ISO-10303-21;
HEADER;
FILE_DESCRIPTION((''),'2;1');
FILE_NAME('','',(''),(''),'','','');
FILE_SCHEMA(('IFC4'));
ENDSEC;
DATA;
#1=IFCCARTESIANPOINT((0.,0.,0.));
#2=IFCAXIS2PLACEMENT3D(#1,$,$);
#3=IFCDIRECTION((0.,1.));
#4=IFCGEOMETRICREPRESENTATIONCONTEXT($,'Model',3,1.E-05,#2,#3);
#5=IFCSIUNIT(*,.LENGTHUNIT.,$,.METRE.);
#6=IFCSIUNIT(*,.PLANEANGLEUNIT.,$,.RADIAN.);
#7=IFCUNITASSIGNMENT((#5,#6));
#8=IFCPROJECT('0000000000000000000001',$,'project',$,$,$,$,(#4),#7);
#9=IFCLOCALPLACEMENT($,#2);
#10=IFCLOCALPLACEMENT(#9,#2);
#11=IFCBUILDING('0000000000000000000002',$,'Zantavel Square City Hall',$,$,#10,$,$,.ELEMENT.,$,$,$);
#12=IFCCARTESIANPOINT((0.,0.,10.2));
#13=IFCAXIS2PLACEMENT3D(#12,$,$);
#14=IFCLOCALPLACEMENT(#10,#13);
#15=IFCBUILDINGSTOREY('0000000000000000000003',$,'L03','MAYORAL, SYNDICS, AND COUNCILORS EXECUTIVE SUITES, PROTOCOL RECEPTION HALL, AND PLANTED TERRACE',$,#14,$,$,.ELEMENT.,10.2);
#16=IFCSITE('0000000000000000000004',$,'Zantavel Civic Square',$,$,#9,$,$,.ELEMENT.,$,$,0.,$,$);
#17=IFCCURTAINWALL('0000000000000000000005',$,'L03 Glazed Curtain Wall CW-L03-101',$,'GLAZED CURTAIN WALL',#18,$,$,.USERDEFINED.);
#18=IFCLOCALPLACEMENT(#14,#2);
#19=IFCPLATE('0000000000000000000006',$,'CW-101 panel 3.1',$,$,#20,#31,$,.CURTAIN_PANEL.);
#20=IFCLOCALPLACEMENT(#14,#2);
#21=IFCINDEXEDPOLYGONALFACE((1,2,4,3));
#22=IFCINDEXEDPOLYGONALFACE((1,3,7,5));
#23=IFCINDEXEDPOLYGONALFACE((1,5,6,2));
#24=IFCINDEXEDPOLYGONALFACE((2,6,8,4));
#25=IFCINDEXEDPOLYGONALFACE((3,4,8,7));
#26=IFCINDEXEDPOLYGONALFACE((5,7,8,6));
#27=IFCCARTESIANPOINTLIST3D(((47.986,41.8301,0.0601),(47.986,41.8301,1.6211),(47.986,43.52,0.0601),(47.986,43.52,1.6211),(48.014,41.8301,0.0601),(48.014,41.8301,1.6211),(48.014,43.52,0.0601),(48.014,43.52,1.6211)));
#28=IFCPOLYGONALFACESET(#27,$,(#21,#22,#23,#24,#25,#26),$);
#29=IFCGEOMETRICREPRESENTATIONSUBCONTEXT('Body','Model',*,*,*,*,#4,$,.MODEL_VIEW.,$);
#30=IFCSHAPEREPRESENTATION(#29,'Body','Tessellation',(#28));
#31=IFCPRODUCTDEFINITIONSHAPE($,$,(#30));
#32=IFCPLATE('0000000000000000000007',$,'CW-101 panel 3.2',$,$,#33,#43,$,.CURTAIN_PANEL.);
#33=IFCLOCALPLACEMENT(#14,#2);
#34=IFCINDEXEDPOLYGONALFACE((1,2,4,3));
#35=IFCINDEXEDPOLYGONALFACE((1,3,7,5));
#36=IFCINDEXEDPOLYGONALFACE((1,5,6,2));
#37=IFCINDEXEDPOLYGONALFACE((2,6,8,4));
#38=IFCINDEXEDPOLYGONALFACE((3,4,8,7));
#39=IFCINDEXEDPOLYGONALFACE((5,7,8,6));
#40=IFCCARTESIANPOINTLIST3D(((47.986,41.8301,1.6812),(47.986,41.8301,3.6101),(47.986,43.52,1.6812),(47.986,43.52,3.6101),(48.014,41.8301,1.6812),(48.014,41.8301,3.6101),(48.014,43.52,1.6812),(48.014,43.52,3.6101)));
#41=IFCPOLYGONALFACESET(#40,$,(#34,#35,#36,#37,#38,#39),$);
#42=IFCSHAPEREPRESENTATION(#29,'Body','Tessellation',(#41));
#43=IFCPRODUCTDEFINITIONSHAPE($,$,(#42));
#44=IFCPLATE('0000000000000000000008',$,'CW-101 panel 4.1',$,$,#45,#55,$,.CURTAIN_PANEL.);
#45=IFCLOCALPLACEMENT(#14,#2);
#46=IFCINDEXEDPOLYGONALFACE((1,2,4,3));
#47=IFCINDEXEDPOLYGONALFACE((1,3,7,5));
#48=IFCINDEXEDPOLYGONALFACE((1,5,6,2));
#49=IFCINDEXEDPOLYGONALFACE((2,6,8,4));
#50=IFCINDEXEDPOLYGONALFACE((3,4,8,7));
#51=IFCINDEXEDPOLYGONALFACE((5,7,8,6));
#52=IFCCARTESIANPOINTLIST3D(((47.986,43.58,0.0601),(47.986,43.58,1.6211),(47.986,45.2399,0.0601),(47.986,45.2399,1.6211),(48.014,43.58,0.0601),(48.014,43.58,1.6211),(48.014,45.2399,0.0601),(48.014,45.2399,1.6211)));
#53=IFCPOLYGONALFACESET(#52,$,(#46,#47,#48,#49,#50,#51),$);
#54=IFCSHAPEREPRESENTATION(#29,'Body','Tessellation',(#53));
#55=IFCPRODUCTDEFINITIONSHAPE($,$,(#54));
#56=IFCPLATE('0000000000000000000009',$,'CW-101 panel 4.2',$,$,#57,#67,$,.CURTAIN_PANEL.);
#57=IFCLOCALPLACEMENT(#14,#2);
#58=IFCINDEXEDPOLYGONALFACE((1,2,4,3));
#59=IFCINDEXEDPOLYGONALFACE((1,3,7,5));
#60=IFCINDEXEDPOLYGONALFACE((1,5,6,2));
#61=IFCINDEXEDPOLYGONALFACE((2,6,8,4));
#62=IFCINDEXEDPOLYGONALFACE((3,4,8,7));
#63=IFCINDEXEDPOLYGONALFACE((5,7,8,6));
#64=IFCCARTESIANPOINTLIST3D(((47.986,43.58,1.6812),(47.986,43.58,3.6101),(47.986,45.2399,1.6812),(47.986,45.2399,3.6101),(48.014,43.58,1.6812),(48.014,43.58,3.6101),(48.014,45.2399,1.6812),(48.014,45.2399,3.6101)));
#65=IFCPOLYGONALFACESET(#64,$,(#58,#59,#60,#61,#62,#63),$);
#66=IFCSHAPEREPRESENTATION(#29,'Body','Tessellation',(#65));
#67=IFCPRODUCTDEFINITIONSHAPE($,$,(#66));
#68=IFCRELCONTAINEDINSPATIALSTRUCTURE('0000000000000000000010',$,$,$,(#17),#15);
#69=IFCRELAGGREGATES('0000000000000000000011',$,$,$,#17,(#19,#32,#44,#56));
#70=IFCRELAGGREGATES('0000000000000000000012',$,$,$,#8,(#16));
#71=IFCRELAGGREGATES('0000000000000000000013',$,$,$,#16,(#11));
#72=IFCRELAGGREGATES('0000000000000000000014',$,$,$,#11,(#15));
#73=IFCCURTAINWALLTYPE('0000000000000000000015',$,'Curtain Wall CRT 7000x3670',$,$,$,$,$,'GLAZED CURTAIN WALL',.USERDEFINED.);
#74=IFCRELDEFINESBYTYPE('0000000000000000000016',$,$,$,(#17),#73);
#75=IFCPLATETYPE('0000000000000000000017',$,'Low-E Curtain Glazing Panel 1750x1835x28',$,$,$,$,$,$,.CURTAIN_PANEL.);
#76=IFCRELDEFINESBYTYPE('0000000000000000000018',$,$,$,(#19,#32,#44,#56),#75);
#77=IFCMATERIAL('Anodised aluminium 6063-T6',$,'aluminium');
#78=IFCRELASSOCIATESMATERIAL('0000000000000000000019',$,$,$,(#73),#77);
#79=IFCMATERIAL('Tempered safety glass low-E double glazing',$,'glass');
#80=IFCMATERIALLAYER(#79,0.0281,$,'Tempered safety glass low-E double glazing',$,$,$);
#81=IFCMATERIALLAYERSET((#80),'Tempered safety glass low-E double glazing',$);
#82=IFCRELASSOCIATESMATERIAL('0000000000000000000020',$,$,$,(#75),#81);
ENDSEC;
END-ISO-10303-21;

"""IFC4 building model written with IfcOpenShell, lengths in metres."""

from ifc_helpers import new_model, si_unit, direction, frame, origin, origin_2d, place, context, subcontext, project, spatial, rectangle, extrude, material, layer, layer_set, type_object, element, aggregate, save


model = new_model("IFC4")

# Units and contexts
model_context = context("Model", 3, precision=1e-05, world=origin(), true_north=direction((0.0, 1.0)))
body_context = subcontext(model_context, "Body", "Model", "MODEL_VIEW")
ifc_project = project(units=[si_unit("LENGTHUNIT", "METRE"), si_unit("PLANEANGLEUNIT", "RADIAN")], contexts=[model_context])

# Site, building, storey
site_placement = place(None, origin())
site = spatial("IfcSite", under=ifc_project, at=site_placement, Name="Zantavel Civic Square", CompositionType="ELEMENT", RefElevation=0.0)
building_placement = place(site_placement, origin())
building = spatial("IfcBuilding", under=site, at=building_placement, Name="Zantavel Square City Hall", CompositionType="ELEMENT")
storey_placement = place(building_placement, frame((0.0, 0.0, 10.2)))
storey = spatial("IfcBuildingStorey", under=building, at=storey_placement, Name="L03", Description="MAYORAL, SYNDICS, AND COUNCILORS EXECUTIVE SUITES, PROTOCOL RECEPTION HALL, AND PLANTED TERRACE", CompositionType="ELEMENT", Elevation=10.2)

# Curtain wall
ifc_material_1 = material(Name="Anodised aluminium 6063-T6", Category="aluminium")
curtain_wall_type = type_object("IfcCurtainWallType", Name="Curtain Wall CRT 7000x3670", ElementType="GLAZED CURTAIN WALL", PredefinedType="USERDEFINED", material=ifc_material_1)
curtain_wall_placement = place(storey_placement, origin())
curtain_wall = element("IfcCurtainWall", 1, at=curtain_wall_placement, inside=storey, type_object=curtain_wall_type, Name="L03 Glazed Curtain Wall CW-L03-101", ObjectType="GLAZED CURTAIN WALL", PredefinedType="USERDEFINED")

# Plates
ifc_material_2 = material(Name="Tempered safety glass low-E double glazing", Category="glass")
ifc_layer = layer(ifc_material_2, 0.0281, Name="Tempered safety glass low-E double glazing")
ifc_layer_set = layer_set([ifc_layer], Name="Tempered safety glass low-E double glazing")
plate_type = type_object("IfcPlateType", Name="Low-E Curtain Glazing Panel 1750x1835x28", PredefinedType="CURTAIN_PANEL", material=ifc_layer_set)
plate_1_placement = place(storey_placement, frame((48.0, 42.675, 0.0601), z_axis=(0.0, 0.0, 1.0), x_axis=(0.0, 1.0, 0.0)))
plate_1 = element("IfcPlate", 2, at=plate_1_placement, type_object=plate_type, Name="CW-101 panel 3.1", PredefinedType="CURTAIN_PANEL", context=body_context, shape_type="SweptSolid", body=[
    extrude(rectangle(XDim=1.6899, YDim=0.0281, at=origin_2d()), origin(), (0.0, 0.0, 1.0), 1.561),
])
plate_2_placement = place(storey_placement, frame((48.0, 42.675, 1.6812), z_axis=(0.0, 0.0, 1.0), x_axis=(0.0, 1.0, 0.0)))
plate_2 = element("IfcPlate", 3, at=plate_2_placement, type_object=plate_type, Name="CW-101 panel 3.2", PredefinedType="CURTAIN_PANEL", context=body_context, shape_type="SweptSolid", body=[
    extrude(rectangle(XDim=1.6899, YDim=0.0281, at=origin_2d()), origin(), (0.0, 0.0, 1.0), 1.929),
])
plate_3_placement = place(storey_placement, frame((48.0, 44.4099, 0.0601), z_axis=(0.0, 0.0, 1.0), x_axis=(0.0, 1.0, 0.0)))
plate_3 = element("IfcPlate", 4, at=plate_3_placement, type_object=plate_type, Name="CW-101 panel 4.1", PredefinedType="CURTAIN_PANEL", context=body_context, shape_type="SweptSolid", body=[
    extrude(rectangle(XDim=1.6599, YDim=0.0281, at=origin_2d()), origin(), (0.0, 0.0, 1.0), 1.561),
])
plate_4_placement = place(storey_placement, frame((48.0, 44.4099, 1.6812), z_axis=(0.0, 0.0, 1.0), x_axis=(0.0, 1.0, 0.0)))
plate_4 = element("IfcPlate", 5, at=plate_4_placement, type_object=plate_type, Name="CW-101 panel 4.2", PredefinedType="CURTAIN_PANEL", context=body_context, shape_type="SweptSolid", body=[
    extrude(rectangle(XDim=1.6599, YDim=0.0281, at=origin_2d()), origin(), (0.0, 0.0, 1.0), 1.929),
])
aggregate(curtain_wall, [plate_1, plate_2, plate_3, plate_4])

save(model, "model.ifc")
